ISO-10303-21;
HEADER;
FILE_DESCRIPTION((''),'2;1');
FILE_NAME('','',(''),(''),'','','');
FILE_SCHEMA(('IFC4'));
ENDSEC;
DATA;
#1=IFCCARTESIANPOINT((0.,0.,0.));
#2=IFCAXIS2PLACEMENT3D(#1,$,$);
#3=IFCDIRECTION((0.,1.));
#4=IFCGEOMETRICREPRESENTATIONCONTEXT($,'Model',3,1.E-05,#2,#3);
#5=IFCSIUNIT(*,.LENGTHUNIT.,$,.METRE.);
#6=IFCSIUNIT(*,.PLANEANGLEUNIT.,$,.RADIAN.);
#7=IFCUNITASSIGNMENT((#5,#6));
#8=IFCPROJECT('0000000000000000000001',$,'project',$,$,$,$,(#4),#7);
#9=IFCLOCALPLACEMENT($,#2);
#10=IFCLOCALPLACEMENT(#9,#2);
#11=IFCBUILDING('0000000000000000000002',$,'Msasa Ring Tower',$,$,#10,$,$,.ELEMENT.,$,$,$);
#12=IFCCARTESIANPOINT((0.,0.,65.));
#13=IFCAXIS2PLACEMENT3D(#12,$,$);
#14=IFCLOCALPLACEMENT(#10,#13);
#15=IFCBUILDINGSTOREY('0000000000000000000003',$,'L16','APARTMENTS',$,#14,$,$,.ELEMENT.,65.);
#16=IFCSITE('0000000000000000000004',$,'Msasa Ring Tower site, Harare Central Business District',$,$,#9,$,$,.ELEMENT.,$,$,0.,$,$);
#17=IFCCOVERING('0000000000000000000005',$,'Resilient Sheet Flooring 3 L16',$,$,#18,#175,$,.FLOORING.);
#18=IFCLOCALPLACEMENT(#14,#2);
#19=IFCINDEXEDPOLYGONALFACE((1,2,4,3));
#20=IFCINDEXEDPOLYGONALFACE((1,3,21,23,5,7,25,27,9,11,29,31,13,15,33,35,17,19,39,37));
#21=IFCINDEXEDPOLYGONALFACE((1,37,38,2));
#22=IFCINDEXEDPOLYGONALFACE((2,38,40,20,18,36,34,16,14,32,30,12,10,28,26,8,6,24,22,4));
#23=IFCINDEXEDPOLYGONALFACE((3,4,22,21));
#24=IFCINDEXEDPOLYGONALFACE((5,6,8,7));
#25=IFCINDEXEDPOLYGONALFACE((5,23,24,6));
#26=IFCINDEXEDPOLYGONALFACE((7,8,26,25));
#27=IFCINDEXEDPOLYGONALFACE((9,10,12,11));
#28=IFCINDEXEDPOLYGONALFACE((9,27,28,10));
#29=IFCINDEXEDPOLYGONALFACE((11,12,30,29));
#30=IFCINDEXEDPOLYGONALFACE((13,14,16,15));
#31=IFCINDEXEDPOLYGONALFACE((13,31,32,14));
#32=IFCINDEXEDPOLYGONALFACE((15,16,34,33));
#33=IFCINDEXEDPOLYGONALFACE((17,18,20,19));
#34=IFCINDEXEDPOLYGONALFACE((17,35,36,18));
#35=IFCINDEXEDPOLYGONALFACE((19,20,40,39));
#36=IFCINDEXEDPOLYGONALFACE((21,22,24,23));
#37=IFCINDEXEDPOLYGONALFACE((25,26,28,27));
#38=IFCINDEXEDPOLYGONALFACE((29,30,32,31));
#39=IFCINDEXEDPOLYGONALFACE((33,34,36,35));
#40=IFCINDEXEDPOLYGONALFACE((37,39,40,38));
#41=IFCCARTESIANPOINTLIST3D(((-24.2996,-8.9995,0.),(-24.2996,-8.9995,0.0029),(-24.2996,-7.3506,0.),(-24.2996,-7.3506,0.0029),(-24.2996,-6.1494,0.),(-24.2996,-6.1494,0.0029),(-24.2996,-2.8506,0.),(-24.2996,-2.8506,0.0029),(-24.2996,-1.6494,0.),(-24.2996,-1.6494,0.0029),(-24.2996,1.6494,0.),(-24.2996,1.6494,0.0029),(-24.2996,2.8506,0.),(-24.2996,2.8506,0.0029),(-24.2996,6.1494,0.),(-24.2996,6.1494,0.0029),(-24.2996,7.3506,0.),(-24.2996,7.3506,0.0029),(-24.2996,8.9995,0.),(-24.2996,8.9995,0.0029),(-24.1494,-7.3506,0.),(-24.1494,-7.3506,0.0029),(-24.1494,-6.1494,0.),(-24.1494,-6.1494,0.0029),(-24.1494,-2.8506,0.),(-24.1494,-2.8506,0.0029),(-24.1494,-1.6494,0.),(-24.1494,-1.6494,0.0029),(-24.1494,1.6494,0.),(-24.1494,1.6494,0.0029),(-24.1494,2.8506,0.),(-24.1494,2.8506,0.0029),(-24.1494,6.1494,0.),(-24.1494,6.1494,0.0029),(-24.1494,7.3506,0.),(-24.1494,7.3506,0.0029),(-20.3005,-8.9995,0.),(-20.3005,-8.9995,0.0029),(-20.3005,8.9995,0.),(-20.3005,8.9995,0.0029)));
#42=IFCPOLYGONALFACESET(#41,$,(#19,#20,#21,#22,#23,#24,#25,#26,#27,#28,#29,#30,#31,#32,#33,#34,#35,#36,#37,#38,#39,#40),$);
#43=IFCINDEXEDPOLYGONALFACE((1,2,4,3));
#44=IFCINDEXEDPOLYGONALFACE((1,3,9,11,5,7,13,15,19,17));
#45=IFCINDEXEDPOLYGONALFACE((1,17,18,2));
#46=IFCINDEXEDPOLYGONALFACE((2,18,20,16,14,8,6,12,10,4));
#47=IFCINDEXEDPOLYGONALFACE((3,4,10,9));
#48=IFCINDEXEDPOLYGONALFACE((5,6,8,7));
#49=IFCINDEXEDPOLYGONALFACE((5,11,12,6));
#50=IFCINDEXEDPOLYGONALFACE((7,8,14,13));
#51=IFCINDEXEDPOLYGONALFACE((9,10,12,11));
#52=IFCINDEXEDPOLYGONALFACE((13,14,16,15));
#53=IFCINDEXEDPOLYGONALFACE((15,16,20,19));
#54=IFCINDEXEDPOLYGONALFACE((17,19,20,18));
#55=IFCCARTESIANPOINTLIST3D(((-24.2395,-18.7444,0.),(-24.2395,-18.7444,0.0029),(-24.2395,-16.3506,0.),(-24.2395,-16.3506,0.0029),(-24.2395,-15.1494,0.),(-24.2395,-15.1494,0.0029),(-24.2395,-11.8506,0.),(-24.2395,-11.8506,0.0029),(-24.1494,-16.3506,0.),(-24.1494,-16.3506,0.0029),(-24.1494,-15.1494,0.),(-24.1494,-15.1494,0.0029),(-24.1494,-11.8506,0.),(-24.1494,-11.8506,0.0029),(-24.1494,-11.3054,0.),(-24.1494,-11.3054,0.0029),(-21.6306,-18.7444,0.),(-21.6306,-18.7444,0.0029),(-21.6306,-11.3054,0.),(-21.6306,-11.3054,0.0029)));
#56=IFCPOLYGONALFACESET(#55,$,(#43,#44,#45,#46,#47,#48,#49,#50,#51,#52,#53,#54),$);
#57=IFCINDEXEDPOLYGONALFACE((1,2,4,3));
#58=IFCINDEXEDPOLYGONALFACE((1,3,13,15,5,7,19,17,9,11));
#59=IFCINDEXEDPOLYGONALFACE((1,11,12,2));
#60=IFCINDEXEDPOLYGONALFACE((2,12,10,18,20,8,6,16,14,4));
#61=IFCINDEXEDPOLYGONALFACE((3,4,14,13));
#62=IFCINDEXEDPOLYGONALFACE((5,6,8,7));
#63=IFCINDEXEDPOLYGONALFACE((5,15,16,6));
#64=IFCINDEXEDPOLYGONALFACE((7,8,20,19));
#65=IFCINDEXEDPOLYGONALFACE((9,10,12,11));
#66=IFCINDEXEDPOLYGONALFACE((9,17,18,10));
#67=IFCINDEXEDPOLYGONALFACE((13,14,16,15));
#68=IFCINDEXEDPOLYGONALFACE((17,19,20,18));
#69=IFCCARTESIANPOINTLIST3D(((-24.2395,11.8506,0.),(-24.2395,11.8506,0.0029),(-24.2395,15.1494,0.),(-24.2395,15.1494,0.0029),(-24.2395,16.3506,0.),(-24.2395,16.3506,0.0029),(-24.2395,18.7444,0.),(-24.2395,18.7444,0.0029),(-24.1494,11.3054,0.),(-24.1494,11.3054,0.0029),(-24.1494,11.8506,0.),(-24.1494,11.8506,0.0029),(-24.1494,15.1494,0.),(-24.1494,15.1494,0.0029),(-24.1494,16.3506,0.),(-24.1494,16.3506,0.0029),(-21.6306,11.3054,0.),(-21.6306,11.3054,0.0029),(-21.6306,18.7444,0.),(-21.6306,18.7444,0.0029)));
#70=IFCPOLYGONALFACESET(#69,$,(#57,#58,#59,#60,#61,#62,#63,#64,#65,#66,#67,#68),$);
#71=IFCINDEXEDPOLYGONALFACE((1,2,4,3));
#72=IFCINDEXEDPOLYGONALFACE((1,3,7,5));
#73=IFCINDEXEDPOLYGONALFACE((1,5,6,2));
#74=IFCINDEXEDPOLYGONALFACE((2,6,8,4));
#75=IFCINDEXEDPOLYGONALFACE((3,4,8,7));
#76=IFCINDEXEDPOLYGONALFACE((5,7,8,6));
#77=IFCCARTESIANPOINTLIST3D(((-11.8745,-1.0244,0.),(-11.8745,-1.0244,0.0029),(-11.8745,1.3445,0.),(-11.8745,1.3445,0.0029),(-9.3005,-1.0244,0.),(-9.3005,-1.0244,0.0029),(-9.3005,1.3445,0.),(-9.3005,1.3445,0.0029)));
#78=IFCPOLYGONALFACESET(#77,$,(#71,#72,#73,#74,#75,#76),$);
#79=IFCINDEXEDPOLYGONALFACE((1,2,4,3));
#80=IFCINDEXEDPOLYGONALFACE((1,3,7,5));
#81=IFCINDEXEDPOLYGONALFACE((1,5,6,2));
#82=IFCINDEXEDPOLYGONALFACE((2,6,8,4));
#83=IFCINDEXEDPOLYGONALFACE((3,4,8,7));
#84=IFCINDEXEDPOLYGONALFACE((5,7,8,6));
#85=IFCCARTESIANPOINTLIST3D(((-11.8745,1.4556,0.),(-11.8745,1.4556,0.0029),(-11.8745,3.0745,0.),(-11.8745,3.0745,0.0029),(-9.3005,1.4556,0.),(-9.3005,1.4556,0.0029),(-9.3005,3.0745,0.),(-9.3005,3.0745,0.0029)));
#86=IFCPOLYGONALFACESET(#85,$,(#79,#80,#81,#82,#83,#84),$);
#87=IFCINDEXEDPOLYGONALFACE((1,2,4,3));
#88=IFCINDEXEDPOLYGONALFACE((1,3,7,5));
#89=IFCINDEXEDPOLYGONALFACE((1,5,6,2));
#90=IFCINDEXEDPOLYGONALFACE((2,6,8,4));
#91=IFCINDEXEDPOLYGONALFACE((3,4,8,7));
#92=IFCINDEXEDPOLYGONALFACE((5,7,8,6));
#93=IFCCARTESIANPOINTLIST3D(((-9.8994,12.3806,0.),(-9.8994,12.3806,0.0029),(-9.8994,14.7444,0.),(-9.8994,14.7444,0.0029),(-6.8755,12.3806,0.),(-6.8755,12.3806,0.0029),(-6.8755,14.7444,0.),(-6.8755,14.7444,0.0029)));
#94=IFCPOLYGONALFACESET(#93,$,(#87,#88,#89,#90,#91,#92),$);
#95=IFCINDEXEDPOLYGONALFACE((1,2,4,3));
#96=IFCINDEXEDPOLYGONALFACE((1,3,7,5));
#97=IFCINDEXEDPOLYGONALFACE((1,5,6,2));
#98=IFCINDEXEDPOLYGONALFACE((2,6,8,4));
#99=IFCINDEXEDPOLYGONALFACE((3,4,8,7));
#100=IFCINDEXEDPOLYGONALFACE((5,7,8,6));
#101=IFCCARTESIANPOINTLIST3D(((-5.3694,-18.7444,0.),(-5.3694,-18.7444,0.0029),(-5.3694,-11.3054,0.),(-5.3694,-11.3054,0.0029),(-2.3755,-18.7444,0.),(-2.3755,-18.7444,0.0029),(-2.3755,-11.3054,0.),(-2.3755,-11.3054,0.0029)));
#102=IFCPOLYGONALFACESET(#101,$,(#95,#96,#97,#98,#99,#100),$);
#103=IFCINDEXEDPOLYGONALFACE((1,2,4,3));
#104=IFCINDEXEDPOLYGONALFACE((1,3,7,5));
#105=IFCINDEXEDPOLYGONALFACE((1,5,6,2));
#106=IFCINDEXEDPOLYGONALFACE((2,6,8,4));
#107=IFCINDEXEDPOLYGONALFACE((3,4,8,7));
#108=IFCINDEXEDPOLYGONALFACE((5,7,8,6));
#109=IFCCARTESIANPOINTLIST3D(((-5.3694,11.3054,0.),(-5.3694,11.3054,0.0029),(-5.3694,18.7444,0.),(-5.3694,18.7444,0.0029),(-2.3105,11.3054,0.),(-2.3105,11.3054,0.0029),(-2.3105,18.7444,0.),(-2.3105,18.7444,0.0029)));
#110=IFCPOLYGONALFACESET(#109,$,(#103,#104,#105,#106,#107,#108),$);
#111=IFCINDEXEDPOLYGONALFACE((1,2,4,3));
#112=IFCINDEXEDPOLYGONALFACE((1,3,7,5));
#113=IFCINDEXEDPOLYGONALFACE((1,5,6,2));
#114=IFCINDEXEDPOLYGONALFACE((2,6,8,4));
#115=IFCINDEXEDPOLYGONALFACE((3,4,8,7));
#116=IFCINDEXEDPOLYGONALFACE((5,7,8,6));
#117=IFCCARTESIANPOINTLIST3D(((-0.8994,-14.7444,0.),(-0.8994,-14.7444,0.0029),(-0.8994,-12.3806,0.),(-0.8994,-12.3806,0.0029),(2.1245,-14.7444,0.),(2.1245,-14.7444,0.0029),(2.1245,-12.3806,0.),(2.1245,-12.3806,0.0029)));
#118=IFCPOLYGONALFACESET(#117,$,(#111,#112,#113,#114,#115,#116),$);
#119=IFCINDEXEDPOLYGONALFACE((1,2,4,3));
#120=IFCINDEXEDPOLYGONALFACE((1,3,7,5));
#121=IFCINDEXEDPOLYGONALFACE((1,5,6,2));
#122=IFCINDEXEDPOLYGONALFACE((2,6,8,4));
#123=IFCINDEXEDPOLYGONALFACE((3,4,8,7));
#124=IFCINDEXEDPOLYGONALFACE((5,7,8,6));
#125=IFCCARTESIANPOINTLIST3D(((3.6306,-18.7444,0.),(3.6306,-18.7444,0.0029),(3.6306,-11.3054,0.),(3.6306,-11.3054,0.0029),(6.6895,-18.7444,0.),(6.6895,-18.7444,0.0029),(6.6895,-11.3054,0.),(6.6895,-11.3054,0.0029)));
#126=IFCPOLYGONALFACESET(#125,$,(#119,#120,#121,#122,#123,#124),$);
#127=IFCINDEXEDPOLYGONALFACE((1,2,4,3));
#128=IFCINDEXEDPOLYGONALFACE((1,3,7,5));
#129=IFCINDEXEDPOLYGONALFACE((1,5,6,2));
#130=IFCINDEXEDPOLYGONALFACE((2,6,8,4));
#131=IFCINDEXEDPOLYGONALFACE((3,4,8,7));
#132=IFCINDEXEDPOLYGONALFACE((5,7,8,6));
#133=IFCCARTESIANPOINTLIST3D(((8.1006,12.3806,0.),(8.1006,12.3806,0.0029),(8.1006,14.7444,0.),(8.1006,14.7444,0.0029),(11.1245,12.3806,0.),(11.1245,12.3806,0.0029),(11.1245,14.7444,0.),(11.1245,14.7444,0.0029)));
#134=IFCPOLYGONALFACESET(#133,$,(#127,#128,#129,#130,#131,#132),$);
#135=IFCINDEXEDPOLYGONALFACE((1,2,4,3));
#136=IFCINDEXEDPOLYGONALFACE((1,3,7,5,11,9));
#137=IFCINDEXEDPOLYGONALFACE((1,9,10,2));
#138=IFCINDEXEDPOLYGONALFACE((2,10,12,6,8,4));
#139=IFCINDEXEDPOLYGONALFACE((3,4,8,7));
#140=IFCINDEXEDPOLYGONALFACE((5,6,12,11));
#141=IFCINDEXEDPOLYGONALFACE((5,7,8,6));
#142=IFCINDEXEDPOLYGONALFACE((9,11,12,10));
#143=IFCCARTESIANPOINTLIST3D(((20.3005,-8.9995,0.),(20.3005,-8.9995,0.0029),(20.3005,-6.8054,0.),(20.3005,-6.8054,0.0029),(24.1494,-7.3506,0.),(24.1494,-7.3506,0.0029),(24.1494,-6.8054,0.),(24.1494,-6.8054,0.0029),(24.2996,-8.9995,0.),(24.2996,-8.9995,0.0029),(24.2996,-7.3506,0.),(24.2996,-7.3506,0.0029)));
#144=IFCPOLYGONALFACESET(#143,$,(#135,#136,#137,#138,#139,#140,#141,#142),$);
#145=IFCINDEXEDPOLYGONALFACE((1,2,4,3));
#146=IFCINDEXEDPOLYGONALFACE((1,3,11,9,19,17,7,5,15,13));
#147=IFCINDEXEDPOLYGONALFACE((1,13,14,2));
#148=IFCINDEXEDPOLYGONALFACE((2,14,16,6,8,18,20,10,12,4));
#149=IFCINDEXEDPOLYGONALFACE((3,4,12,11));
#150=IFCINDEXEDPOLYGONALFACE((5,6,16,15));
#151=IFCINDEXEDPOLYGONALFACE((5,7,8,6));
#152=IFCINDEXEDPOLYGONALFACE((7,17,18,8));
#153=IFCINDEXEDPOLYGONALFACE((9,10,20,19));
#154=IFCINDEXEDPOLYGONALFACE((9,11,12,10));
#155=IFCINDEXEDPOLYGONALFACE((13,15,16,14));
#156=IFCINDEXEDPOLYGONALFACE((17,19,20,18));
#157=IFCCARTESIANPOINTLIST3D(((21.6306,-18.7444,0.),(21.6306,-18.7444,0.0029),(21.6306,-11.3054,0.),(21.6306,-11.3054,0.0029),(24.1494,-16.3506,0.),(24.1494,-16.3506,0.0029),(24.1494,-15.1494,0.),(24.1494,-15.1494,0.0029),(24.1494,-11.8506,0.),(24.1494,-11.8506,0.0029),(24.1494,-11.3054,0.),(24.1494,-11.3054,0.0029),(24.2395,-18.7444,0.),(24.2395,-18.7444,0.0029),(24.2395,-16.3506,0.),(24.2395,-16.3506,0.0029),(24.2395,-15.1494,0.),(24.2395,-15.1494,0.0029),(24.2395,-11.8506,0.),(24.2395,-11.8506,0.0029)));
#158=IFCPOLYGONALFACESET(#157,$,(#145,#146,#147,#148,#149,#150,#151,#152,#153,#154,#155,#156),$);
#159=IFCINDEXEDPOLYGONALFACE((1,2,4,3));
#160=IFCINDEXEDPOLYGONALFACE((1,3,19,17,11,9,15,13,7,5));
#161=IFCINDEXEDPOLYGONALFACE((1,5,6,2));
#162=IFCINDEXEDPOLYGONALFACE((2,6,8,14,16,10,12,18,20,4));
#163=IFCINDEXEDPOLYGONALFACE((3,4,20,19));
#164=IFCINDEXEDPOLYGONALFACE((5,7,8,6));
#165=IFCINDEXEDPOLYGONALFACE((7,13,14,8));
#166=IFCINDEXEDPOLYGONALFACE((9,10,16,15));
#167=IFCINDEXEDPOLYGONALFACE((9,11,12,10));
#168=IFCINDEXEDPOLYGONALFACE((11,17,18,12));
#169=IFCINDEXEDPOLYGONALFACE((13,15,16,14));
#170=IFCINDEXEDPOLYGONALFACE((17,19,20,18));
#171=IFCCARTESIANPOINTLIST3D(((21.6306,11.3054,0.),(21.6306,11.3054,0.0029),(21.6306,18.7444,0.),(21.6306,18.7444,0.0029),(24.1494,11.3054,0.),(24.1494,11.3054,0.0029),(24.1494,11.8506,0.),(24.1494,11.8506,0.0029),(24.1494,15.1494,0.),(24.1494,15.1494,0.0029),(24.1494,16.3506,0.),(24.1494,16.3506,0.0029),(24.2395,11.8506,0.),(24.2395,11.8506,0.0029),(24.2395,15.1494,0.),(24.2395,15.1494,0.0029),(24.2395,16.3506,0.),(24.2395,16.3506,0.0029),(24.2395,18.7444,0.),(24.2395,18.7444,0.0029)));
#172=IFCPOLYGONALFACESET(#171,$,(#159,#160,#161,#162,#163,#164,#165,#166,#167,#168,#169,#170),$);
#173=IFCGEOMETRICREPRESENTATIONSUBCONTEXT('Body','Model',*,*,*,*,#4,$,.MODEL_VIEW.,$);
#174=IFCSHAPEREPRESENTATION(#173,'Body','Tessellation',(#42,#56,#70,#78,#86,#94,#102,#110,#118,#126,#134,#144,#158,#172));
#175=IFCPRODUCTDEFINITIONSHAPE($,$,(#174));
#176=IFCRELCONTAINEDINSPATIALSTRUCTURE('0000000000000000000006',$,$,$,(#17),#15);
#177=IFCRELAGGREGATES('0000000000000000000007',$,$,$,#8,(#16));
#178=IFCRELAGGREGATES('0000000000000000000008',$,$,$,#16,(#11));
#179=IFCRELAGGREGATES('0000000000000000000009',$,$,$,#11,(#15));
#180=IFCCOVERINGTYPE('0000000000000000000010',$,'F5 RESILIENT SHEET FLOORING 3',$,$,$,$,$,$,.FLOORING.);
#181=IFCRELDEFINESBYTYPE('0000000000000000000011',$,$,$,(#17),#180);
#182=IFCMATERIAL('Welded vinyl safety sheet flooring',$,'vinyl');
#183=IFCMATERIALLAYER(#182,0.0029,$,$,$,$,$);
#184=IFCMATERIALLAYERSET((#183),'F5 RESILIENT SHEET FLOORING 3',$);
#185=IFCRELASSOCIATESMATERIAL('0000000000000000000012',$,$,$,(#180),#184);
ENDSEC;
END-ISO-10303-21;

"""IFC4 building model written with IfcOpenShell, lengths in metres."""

from ifc_helpers import new_model, si_unit, direction, frame, origin, place, context, subcontext, project, spatial, line, indexed_curve, outline, extrude, material, layer, layer_set, type_object, element, save


model = new_model("IFC4")

# Units and contexts
model_context = context("Model", 3, precision=1e-05, world=origin(), true_north=direction((0.0, 1.0)))
body_context = subcontext(model_context, "Body", "Model", "MODEL_VIEW")
ifc_project = project(units=[si_unit("LENGTHUNIT", "METRE"), si_unit("PLANEANGLEUNIT", "RADIAN")], contexts=[model_context])

# Site, building, storey
site_placement = place(None, origin())
site = spatial("IfcSite", under=ifc_project, at=site_placement, Name="Msasa Ring Tower site, Harare Central Business District", CompositionType="ELEMENT", RefElevation=0.0)
building_placement = place(site_placement, origin())
building = spatial("IfcBuilding", under=site, at=building_placement, Name="Msasa Ring Tower", CompositionType="ELEMENT")
storey_placement = place(building_placement, frame((0.0, 0.0, 65.0)))
storey = spatial("IfcBuildingStorey", under=building, at=storey_placement, Name="L16", Description="APARTMENTS", CompositionType="ELEMENT", Elevation=65.0)

# Covering
ifc_material_1 = material(Name="Welded vinyl safety sheet flooring", Category="vinyl")
ifc_layer_1 = layer(ifc_material_1, 0.0029)
ifc_layer_set_1 = layer_set([ifc_layer_1], Name="F5 RESILIENT SHEET FLOORING 3")
covering_type_1 = type_object("IfcCoveringType", Name="F5 RESILIENT SHEET FLOORING 3", PredefinedType="FLOORING", material=ifc_layer_set_1)
covering_1_placement = place(storey_placement, origin())
element("IfcCovering", 1, at=covering_1_placement, inside=storey, type_object=covering_type_1, Name="Resilient Sheet Flooring 3 L16", PredefinedType="FLOORING", context=body_context, shape_type="SweptSolid", body=[
    extrude(outline(indexed_curve([(-24.2996, -8.9995), (-24.2996, -7.3506), (-24.1494, -7.3506), (-24.1494, -6.1494), (-24.2996, -6.1494), (-24.2996, -2.8506), (-24.1494, -2.8506), (-24.1494, -1.6494), (-24.2996, -1.6494), (-24.2996, 1.6494), (-24.1494, 1.6494), (-24.1494, 2.8506), (-24.2996, 2.8506), (-24.2996, 6.1494), (-24.1494, 6.1494), (-24.1494, 7.3506), (-24.2996, 7.3506), (-24.2996, 8.9995), (-20.3005, 8.9995), (-20.3005, -8.9995)], segments=[line(1, 2, 3, 4, 5, 6, 7, 8, 9, 10, 11, 12, 13, 14, 15, 16, 17, 18, 19, 20, 1)], self_intersect=False)), origin(), (0.0, 0.0, 1.0), 0.0029),
    extrude(outline(indexed_curve([(-24.2395, -16.3506), (-24.1494, -16.3506), (-24.1494, -15.1494), (-24.2395, -15.1494), (-24.2395, -11.8506), (-24.1494, -11.8506), (-24.1494, -11.3054), (-21.6306, -11.3054), (-21.6306, -18.7444), (-24.2395, -18.7444)], segments=[line(1, 2, 3, 4, 5, 6, 7, 8, 9, 10, 1)], self_intersect=False)), origin(), (0.0, 0.0, 1.0), 0.0029),
    extrude(outline(indexed_curve([(-21.6306, 18.7444), (-21.6306, 11.3054), (-24.1494, 11.3054), (-24.1494, 11.8506), (-24.2395, 11.8506), (-24.2395, 15.1494), (-24.1494, 15.1494), (-24.1494, 16.3506), (-24.2395, 16.3506), (-24.2395, 18.7444)], segments=[line(1, 2, 3, 4, 5, 6, 7, 8, 9, 10, 1)], self_intersect=False)), origin(), (0.0, 0.0, 1.0), 0.0029),
    extrude(outline(indexed_curve([(-9.3005, 1.3445), (-9.3005, -1.0244), (-11.8745, -1.0244), (-11.8745, 1.3445)], segments=[line(1, 2, 3, 4, 1)], self_intersect=False)), origin(), (0.0, 0.0, 1.0), 0.0029),
    extrude(outline(indexed_curve([(-9.3005, 3.0745), (-9.3005, 1.4556), (-11.8745, 1.4556), (-11.8745, 3.0745)], segments=[line(1, 2, 3, 4, 1)], self_intersect=False)), origin(), (0.0, 0.0, 1.0), 0.0029),
    extrude(outline(indexed_curve([(-6.8755, 14.7444), (-6.8755, 12.3806), (-9.8994, 12.3806), (-9.8994, 14.7444)], segments=[line(1, 2, 3, 4, 1)], self_intersect=False)), origin(), (0.0, 0.0, 1.0), 0.0029),
    extrude(outline(indexed_curve([(-5.3694, -11.3054), (-2.3755, -11.3054), (-2.3755, -18.7444), (-5.3694, -18.7444)], segments=[line(1, 2, 3, 4, 1)], self_intersect=False)), origin(), (0.0, 0.0, 1.0), 0.0029),
    extrude(outline(indexed_curve([(-2.3105, 18.7444), (-2.3105, 11.3054), (-5.3694, 11.3054), (-5.3694, 18.7444)], segments=[line(1, 2, 3, 4, 1)], self_intersect=False)), origin(), (0.0, 0.0, 1.0), 0.0029),
    extrude(outline(indexed_curve([(2.1245, -12.3806), (2.1245, -14.7444), (-0.8994, -14.7444), (-0.8994, -12.3806)], segments=[line(1, 2, 3, 4, 1)], self_intersect=False)), origin(), (0.0, 0.0, 1.0), 0.0029),
    extrude(outline(indexed_curve([(6.6895, -11.3054), (6.6895, -18.7444), (3.6306, -18.7444), (3.6306, -11.3054)], segments=[line(1, 2, 3, 4, 1)], self_intersect=False)), origin(), (0.0, 0.0, 1.0), 0.0029),
    extrude(outline(indexed_curve([(11.1245, 14.7444), (11.1245, 12.3806), (8.1006, 12.3806), (8.1006, 14.7444)], segments=[line(1, 2, 3, 4, 1)], self_intersect=False)), origin(), (0.0, 0.0, 1.0), 0.0029),
    extrude(outline(indexed_curve([(20.3005, -6.8054), (24.1494, -6.8054), (24.1494, -7.3506), (24.2996, -7.3506), (24.2996, -8.9995), (20.3005, -8.9995)], segments=[line(1, 2, 3, 4, 5, 6, 1)], self_intersect=False)), origin(), (0.0, 0.0, 1.0), 0.0029),
    extrude(outline(indexed_curve([(24.1494, -11.3054), (24.1494, -11.8506), (24.2395, -11.8506), (24.2395, -15.1494), (24.1494, -15.1494), (24.1494, -16.3506), (24.2395, -16.3506), (24.2395, -18.7444), (21.6306, -18.7444), (21.6306, -11.3054)], segments=[line(1, 2, 3, 4, 5, 6, 7, 8, 9, 10, 1)], self_intersect=False)), origin(), (0.0, 0.0, 1.0), 0.0029),
    extrude(outline(indexed_curve([(24.2395, 18.7444), (24.2395, 16.3506), (24.1494, 16.3506), (24.1494, 15.1494), (24.2395, 15.1494), (24.2395, 11.8506), (24.1494, 11.8506), (24.1494, 11.3054), (21.6306, 11.3054), (21.6306, 18.7444)], segments=[line(1, 2, 3, 4, 5, 6, 7, 8, 9, 10, 1)], self_intersect=False)), origin(), (0.0, 0.0, 1.0), 0.0029),
])

save(model, "model.ifc")
